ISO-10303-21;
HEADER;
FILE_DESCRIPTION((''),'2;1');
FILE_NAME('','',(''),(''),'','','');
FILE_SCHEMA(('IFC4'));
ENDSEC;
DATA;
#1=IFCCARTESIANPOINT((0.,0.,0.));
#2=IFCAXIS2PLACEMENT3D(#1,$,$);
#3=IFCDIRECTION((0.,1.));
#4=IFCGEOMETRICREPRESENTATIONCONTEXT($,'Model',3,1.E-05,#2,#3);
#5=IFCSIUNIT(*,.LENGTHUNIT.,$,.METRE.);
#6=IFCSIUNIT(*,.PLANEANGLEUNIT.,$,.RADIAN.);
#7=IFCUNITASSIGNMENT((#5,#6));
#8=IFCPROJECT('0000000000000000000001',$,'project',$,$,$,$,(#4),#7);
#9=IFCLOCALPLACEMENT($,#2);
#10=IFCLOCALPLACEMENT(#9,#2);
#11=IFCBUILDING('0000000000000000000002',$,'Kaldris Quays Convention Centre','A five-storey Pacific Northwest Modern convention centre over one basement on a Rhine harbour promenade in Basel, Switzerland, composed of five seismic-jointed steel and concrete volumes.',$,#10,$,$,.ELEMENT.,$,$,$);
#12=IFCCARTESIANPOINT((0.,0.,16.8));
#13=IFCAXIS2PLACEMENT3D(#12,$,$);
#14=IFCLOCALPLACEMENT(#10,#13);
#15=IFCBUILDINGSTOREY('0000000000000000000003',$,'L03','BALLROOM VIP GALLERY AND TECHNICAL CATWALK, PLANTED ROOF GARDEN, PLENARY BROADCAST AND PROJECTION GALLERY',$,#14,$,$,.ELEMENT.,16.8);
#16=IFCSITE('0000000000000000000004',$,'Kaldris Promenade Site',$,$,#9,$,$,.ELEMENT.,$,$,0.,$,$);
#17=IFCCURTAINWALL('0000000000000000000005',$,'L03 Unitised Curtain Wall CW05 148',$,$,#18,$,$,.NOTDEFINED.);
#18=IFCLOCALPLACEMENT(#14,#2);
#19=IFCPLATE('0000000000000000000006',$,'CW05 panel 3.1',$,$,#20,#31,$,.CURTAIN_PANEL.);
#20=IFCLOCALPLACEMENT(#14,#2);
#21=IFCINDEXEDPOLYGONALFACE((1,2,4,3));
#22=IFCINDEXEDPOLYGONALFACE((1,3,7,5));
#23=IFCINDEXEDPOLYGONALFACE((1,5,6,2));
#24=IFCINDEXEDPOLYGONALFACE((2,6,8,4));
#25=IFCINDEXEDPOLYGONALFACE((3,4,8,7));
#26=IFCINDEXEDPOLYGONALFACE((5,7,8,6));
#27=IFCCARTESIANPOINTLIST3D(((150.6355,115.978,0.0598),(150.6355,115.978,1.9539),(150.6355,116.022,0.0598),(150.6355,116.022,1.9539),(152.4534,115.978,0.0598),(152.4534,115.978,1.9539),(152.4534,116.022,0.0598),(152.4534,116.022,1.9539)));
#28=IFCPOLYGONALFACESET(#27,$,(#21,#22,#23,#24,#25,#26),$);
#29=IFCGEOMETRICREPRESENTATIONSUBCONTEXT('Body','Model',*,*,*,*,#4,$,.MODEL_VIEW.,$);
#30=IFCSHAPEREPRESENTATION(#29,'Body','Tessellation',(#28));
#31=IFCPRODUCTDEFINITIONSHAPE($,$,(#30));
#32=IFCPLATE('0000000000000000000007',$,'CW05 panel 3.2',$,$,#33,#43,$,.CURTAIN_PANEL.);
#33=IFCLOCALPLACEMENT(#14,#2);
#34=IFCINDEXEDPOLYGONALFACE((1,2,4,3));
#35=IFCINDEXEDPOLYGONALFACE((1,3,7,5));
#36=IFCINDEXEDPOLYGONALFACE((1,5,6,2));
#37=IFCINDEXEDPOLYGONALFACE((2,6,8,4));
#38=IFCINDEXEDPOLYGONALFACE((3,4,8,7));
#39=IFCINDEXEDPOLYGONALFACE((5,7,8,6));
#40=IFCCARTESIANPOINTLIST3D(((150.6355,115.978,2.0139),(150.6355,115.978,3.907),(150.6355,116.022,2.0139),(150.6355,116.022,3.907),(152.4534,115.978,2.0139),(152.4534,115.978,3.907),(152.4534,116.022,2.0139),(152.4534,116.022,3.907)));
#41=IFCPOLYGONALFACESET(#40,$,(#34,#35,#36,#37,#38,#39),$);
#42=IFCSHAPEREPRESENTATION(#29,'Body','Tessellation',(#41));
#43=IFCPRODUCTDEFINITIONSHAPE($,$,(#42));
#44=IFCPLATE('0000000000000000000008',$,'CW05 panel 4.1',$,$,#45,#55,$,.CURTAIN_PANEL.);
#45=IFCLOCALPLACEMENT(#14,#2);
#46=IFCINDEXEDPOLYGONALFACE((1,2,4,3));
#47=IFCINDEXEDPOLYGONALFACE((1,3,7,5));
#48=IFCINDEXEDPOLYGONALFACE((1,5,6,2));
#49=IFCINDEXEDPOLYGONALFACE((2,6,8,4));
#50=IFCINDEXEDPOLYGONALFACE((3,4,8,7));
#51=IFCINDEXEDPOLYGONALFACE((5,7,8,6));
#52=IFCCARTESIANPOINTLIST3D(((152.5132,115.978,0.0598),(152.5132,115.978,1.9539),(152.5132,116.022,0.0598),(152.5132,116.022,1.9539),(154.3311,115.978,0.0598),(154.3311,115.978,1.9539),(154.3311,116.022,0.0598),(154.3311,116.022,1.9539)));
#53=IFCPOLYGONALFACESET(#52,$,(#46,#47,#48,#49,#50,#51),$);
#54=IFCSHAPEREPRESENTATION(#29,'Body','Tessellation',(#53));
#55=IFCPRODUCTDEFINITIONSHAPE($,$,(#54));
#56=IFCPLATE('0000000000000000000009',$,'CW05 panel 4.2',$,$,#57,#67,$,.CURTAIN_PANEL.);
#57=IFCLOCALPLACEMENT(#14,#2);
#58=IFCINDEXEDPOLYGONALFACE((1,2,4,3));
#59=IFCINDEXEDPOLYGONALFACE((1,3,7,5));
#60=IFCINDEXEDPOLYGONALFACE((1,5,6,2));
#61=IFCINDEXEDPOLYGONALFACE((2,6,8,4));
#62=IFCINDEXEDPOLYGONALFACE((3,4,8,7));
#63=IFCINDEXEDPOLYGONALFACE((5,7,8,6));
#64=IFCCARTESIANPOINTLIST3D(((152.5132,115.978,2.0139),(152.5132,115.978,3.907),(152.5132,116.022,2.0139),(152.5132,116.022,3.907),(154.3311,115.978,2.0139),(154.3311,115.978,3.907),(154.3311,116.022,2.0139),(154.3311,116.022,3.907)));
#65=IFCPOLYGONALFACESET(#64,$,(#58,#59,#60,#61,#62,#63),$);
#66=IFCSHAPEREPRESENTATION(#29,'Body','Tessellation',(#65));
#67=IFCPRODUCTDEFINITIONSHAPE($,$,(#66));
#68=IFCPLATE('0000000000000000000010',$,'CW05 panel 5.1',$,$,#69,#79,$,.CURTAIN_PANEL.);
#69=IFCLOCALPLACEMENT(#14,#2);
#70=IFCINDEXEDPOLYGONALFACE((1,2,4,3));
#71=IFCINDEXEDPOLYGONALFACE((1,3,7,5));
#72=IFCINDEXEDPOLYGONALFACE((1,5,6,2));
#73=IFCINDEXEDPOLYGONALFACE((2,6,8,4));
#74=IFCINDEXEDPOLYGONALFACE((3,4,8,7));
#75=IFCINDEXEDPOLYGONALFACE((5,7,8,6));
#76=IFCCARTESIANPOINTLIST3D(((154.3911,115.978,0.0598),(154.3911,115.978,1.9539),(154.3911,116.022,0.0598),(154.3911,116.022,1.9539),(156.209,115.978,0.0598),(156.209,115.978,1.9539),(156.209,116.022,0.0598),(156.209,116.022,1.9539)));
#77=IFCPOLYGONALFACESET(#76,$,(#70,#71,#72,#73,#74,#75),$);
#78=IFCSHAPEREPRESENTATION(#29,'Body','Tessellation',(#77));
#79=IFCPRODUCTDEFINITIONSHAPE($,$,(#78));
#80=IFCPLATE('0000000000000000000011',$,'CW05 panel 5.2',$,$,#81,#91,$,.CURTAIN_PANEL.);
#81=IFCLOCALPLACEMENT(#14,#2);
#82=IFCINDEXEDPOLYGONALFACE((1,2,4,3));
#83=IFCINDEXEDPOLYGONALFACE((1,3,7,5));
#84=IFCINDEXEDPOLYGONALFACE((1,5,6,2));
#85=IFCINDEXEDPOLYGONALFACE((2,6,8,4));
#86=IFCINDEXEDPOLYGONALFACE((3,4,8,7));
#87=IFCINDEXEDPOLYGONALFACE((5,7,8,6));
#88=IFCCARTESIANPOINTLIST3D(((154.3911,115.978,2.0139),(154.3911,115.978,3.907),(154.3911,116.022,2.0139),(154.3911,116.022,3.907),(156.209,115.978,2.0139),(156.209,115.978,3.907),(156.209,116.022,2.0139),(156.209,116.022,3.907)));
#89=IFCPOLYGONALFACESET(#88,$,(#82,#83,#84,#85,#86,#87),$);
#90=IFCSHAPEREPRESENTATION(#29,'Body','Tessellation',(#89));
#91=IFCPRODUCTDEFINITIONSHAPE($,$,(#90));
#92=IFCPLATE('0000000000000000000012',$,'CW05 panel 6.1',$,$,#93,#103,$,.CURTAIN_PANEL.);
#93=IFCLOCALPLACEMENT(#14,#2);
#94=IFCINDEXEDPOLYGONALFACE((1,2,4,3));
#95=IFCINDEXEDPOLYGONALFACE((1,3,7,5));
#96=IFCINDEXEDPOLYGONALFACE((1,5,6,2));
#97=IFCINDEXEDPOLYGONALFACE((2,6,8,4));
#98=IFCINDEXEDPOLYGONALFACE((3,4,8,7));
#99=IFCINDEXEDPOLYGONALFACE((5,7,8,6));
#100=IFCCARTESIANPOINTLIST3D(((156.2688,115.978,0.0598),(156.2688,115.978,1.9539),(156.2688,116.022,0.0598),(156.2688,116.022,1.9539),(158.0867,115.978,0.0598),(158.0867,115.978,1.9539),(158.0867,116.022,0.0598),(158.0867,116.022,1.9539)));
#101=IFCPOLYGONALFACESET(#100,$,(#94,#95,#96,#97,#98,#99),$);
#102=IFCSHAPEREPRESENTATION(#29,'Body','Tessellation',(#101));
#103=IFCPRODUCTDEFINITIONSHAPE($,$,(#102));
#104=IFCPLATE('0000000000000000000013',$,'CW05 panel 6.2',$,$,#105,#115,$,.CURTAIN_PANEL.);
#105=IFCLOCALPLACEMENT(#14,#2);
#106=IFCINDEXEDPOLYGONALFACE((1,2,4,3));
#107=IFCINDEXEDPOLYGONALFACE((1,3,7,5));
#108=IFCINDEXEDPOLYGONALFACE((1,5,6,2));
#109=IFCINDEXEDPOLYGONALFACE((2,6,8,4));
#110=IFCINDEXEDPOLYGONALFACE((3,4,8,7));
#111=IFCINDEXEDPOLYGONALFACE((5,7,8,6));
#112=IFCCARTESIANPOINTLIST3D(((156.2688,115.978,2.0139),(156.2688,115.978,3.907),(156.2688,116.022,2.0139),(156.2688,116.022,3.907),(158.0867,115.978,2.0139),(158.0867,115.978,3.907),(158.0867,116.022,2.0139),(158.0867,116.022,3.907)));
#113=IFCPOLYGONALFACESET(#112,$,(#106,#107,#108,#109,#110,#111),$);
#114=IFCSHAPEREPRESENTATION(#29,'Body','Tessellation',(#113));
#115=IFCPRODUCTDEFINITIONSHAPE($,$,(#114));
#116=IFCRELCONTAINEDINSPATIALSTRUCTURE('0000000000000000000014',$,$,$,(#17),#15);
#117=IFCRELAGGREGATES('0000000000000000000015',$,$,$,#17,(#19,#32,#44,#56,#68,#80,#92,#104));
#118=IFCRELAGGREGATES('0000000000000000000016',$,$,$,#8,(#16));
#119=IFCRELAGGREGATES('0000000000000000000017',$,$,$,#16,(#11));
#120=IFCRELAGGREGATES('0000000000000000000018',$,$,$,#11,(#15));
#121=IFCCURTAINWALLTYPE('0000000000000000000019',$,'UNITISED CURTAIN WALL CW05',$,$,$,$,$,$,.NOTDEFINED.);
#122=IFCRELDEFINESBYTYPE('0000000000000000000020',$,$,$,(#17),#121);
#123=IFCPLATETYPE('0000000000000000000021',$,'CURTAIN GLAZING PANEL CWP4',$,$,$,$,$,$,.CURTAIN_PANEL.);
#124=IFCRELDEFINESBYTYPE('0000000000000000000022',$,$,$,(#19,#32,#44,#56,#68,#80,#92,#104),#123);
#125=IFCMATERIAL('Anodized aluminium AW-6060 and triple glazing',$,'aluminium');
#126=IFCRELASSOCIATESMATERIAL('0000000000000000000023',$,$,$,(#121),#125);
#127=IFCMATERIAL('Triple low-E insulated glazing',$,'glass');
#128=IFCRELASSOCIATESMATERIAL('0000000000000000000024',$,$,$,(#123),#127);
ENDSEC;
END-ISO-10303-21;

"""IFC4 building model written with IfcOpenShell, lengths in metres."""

from ifc_helpers import new_model, si_unit, direction, frame, origin, origin_2d, place, context, subcontext, project, spatial, rectangle, extrude, material, type_object, element, aggregate, save


model = new_model("IFC4")

# Units and contexts
model_context = context("Model", 3, precision=1e-05, world=origin(), true_north=direction((0.0, 1.0)))
body_context = subcontext(model_context, "Body", "Model", "MODEL_VIEW")
ifc_project = project(units=[si_unit("LENGTHUNIT", "METRE"), si_unit("PLANEANGLEUNIT", "RADIAN")], contexts=[model_context])

# Site, building, storey
site_placement = place(None, origin())
site = spatial("IfcSite", under=ifc_project, at=site_placement, Name="Kaldris Promenade Site", CompositionType="ELEMENT", RefElevation=0.0)
building_placement = place(site_placement, origin())
building = spatial("IfcBuilding", under=site, at=building_placement, Name="Kaldris Quays Convention Centre", Description="A five-storey Pacific Northwest Modern convention centre over one basement on a Rhine harbour promenade in Basel, Switzerland, composed of five seismic-jointed steel and concrete volumes.", CompositionType="ELEMENT")
storey_placement = place(building_placement, frame((0.0, 0.0, 16.8)))
storey = spatial("IfcBuildingStorey", under=building, at=storey_placement, Name="L03", Description="BALLROOM VIP GALLERY AND TECHNICAL CATWALK, PLANTED ROOF GARDEN, PLENARY BROADCAST AND PROJECTION GALLERY", CompositionType="ELEMENT", Elevation=16.8)

# Curtain wall
ifc_material_1 = material(Name="Anodized aluminium AW-6060 and triple glazing", Category="aluminium")
curtain_wall_type = type_object("IfcCurtainWallType", Name="UNITISED CURTAIN WALL CW05", PredefinedType="NOTDEFINED", material=ifc_material_1)
curtain_wall_placement = place(storey_placement, origin())
curtain_wall = element("IfcCurtainWall", 1, at=curtain_wall_placement, inside=storey, type_object=curtain_wall_type, Name="L03 Unitised Curtain Wall CW05 148", PredefinedType="NOTDEFINED")

# Plates
ifc_material_2 = material(Name="Triple low-E insulated glazing", Category="glass")
plate_type = type_object("IfcPlateType", Name="CURTAIN GLAZING PANEL CWP4", PredefinedType="CURTAIN_PANEL", material=ifc_material_2)
plate_1_placement = place(storey_placement, frame((151.5444, 116.0, 0.0598), z_axis=(0.0, 0.0, 1.0), x_axis=(1.0, 0.0, 0.0)))
plate_1 = element("IfcPlate", 2, at=plate_1_placement, type_object=plate_type, Name="CW05 panel 3.1", PredefinedType="CURTAIN_PANEL", context=body_context, shape_type="SweptSolid", body=[
    extrude(rectangle(XDim=1.8179, YDim=0.0439, at=origin_2d()), origin(), (0.0, 0.0, 1.0), 1.894),
])
plate_2_placement = place(storey_placement, frame((151.5444, 116.0, 2.0139), z_axis=(0.0, 0.0, 1.0), x_axis=(1.0, 0.0, 0.0)))
plate_2 = element("IfcPlate", 3, at=plate_2_placement, type_object=plate_type, Name="CW05 panel 3.2", PredefinedType="CURTAIN_PANEL", context=body_context, shape_type="SweptSolid", body=[
    extrude(rectangle(XDim=1.8179, YDim=0.0439, at=origin_2d()), origin(), (0.0, 0.0, 1.0), 1.8931),
])
plate_3_placement = place(storey_placement, frame((153.4221, 116.0, 0.0598), z_axis=(0.0, 0.0, 1.0), x_axis=(1.0, 0.0, 0.0)))
plate_3 = element("IfcPlate", 4, at=plate_3_placement, type_object=plate_type, Name="CW05 panel 4.1", PredefinedType="CURTAIN_PANEL", context=body_context, shape_type="SweptSolid", body=[
    extrude(rectangle(XDim=1.8179, YDim=0.0439, at=origin_2d()), origin(), (0.0, 0.0, 1.0), 1.894),
])
plate_4_placement = place(storey_placement, frame((153.4221, 116.0, 2.0139), z_axis=(0.0, 0.0, 1.0), x_axis=(1.0, 0.0, 0.0)))
plate_4 = element("IfcPlate", 5, at=plate_4_placement, type_object=plate_type, Name="CW05 panel 4.2", PredefinedType="CURTAIN_PANEL", context=body_context, shape_type="SweptSolid", body=[
    extrude(rectangle(XDim=1.8179, YDim=0.0439, at=origin_2d()), origin(), (0.0, 0.0, 1.0), 1.8931),
])
plate_5_placement = place(storey_placement, frame((155.3, 116.0, 0.0598), z_axis=(0.0, 0.0, 1.0), x_axis=(1.0, 0.0, 0.0)))
plate_5 = element("IfcPlate", 6, at=plate_5_placement, type_object=plate_type, Name="CW05 panel 5.1", PredefinedType="CURTAIN_PANEL", context=body_context, shape_type="SweptSolid", body=[
    extrude(rectangle(XDim=1.8179, YDim=0.0439, at=origin_2d()), origin(), (0.0, 0.0, 1.0), 1.894),
])
plate_6_placement = place(storey_placement, frame((155.3, 116.0, 2.0139), z_axis=(0.0, 0.0, 1.0), x_axis=(1.0, 0.0, 0.0)))
plate_6 = element("IfcPlate", 7, at=plate_6_placement, type_object=plate_type, Name="CW05 panel 5.2", PredefinedType="CURTAIN_PANEL", context=body_context, shape_type="SweptSolid", body=[
    extrude(rectangle(XDim=1.8179, YDim=0.0439, at=origin_2d()), origin(), (0.0, 0.0, 1.0), 1.8931),
])
plate_7_placement = place(storey_placement, frame((157.1777, 116.0, 0.0598), z_axis=(0.0, 0.0, 1.0), x_axis=(1.0, 0.0, 0.0)))
plate_7 = element("IfcPlate", 8, at=plate_7_placement, type_object=plate_type, Name="CW05 panel 6.1", PredefinedType="CURTAIN_PANEL", context=body_context, shape_type="SweptSolid", body=[
    extrude(rectangle(XDim=1.8179, YDim=0.0439, at=origin_2d()), origin(), (0.0, 0.0, 1.0), 1.894),
])
plate_8_placement = place(storey_placement, frame((157.1777, 116.0, 2.0139), z_axis=(0.0, 0.0, 1.0), x_axis=(1.0, 0.0, 0.0)))
plate_8 = element("IfcPlate", 9, at=plate_8_placement, type_object=plate_type, Name="CW05 panel 6.2", PredefinedType="CURTAIN_PANEL", context=body_context, shape_type="SweptSolid", body=[
    extrude(rectangle(XDim=1.8179, YDim=0.0439, at=origin_2d()), origin(), (0.0, 0.0, 1.0), 1.8931),
])
aggregate(curtain_wall, [plate_1, plate_2, plate_3, plate_4, plate_5, plate_6, plate_7, plate_8])

save(model, "model.ifc")
